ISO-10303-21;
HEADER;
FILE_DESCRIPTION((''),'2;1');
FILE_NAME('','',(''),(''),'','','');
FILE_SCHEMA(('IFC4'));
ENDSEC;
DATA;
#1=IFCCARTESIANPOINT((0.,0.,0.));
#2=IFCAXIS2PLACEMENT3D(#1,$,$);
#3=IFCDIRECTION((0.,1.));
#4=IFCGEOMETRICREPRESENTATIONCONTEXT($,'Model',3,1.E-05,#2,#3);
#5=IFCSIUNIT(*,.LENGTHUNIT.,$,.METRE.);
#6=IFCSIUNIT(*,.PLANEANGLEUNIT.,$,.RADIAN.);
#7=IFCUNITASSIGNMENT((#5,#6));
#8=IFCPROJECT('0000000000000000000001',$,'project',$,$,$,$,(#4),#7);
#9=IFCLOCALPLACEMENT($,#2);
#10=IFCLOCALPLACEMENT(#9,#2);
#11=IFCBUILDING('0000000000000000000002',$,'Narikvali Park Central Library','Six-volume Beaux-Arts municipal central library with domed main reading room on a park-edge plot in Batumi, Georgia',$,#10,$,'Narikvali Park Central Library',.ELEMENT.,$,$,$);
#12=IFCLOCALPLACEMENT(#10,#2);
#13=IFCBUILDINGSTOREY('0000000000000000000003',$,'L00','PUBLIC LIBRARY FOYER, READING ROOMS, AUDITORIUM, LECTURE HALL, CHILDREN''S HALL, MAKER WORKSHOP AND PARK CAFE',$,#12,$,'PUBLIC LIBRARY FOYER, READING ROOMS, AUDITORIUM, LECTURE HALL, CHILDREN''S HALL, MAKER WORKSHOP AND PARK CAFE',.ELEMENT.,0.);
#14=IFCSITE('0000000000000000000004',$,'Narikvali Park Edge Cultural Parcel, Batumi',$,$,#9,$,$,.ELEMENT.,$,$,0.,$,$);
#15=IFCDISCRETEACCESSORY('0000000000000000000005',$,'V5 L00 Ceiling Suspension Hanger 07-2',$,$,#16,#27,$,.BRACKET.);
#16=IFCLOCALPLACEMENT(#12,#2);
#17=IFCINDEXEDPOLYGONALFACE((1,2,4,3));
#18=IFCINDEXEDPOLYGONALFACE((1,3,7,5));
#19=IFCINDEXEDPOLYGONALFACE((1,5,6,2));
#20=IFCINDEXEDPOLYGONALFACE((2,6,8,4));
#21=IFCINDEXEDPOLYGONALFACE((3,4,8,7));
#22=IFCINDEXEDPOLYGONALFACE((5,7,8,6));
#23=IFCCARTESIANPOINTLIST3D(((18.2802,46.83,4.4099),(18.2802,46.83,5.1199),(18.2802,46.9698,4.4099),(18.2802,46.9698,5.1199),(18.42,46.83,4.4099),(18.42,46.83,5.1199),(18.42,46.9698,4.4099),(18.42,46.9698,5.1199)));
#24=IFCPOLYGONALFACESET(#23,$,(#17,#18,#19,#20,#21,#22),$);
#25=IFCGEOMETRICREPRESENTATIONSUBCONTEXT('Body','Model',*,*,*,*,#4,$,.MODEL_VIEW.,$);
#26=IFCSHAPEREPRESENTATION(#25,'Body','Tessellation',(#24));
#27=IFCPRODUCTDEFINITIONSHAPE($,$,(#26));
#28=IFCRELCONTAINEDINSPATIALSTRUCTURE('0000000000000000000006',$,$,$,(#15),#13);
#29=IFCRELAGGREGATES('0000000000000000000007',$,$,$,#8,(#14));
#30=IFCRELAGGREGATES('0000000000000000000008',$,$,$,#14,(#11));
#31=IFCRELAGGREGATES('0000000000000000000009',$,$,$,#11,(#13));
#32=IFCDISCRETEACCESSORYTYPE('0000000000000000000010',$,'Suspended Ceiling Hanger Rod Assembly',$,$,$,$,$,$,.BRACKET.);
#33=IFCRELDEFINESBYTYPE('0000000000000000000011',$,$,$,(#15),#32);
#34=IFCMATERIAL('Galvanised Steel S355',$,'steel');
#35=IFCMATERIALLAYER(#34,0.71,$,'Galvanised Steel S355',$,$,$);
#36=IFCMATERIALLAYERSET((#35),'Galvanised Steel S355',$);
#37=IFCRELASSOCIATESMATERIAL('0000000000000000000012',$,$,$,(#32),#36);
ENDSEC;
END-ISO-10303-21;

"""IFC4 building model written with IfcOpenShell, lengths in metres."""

from ifc_helpers import new_model, si_unit, direction, frame, origin, origin_2d, place, context, subcontext, project, spatial, rectangle, extrude, material, layer, layer_set, type_object, element, save


model = new_model("IFC4")

# Units and contexts
model_context = context("Model", 3, precision=1e-05, world=origin(), true_north=direction((0.0, 1.0)))
body_context = subcontext(model_context, "Body", "Model", "MODEL_VIEW")
ifc_project = project(units=[si_unit("LENGTHUNIT", "METRE"), si_unit("PLANEANGLEUNIT", "RADIAN")], contexts=[model_context])

# Site, building, storey
site_placement = place(None, origin())
site = spatial("IfcSite", under=ifc_project, at=site_placement, Name="Narikvali Park Edge Cultural Parcel, Batumi", CompositionType="ELEMENT", RefElevation=0.0)
building_placement = place(site_placement, origin())
building = spatial("IfcBuilding", under=site, at=building_placement, Name="Narikvali Park Central Library", Description="Six-volume Beaux-Arts municipal central library with domed main reading room on a park-edge plot in Batumi, Georgia", LongName="Narikvali Park Central Library", CompositionType="ELEMENT")
storey_placement = place(building_placement, origin())
storey = spatial("IfcBuildingStorey", under=building, at=storey_placement, Name="L00", Description="PUBLIC LIBRARY FOYER, READING ROOMS, AUDITORIUM, LECTURE HALL, CHILDREN'S HALL, MAKER WORKSHOP AND PARK CAFE", LongName="PUBLIC LIBRARY FOYER, READING ROOMS, AUDITORIUM, LECTURE HALL, CHILDREN'S HALL, MAKER WORKSHOP AND PARK CAFE", CompositionType="ELEMENT", Elevation=0.0)

# Discrete accessory
ifc_material_1 = material(Name="Galvanised Steel S355", Category="steel")
ifc_layer_1 = layer(ifc_material_1, 0.71, Name="Galvanised Steel S355")
ifc_layer_set_1 = layer_set([ifc_layer_1], Name="Galvanised Steel S355")
discrete_accessory_type_1 = type_object("IfcDiscreteAccessoryType", Name="Suspended Ceiling Hanger Rod Assembly", PredefinedType="BRACKET", material=ifc_layer_set_1)
discrete_accessory_1_placement = place(storey_placement, frame((18.3501, 46.8999, 4.4099), z_axis=(0.0, 0.0, 1.0), x_axis=(1.0, 0.0, 0.0)))
element("IfcDiscreteAccessory", 1, at=discrete_accessory_1_placement, inside=storey, type_object=discrete_accessory_type_1, Name="V5 L00 Ceiling Suspension Hanger 07-2", PredefinedType="BRACKET", context=body_context, shape_type="SweptSolid", body=[
    extrude(rectangle(XDim=0.1399, YDim=0.1399, at=origin_2d()), origin(), (0.0, 0.0, 1.0), 0.71),
])

save(model, "model.ifc")
